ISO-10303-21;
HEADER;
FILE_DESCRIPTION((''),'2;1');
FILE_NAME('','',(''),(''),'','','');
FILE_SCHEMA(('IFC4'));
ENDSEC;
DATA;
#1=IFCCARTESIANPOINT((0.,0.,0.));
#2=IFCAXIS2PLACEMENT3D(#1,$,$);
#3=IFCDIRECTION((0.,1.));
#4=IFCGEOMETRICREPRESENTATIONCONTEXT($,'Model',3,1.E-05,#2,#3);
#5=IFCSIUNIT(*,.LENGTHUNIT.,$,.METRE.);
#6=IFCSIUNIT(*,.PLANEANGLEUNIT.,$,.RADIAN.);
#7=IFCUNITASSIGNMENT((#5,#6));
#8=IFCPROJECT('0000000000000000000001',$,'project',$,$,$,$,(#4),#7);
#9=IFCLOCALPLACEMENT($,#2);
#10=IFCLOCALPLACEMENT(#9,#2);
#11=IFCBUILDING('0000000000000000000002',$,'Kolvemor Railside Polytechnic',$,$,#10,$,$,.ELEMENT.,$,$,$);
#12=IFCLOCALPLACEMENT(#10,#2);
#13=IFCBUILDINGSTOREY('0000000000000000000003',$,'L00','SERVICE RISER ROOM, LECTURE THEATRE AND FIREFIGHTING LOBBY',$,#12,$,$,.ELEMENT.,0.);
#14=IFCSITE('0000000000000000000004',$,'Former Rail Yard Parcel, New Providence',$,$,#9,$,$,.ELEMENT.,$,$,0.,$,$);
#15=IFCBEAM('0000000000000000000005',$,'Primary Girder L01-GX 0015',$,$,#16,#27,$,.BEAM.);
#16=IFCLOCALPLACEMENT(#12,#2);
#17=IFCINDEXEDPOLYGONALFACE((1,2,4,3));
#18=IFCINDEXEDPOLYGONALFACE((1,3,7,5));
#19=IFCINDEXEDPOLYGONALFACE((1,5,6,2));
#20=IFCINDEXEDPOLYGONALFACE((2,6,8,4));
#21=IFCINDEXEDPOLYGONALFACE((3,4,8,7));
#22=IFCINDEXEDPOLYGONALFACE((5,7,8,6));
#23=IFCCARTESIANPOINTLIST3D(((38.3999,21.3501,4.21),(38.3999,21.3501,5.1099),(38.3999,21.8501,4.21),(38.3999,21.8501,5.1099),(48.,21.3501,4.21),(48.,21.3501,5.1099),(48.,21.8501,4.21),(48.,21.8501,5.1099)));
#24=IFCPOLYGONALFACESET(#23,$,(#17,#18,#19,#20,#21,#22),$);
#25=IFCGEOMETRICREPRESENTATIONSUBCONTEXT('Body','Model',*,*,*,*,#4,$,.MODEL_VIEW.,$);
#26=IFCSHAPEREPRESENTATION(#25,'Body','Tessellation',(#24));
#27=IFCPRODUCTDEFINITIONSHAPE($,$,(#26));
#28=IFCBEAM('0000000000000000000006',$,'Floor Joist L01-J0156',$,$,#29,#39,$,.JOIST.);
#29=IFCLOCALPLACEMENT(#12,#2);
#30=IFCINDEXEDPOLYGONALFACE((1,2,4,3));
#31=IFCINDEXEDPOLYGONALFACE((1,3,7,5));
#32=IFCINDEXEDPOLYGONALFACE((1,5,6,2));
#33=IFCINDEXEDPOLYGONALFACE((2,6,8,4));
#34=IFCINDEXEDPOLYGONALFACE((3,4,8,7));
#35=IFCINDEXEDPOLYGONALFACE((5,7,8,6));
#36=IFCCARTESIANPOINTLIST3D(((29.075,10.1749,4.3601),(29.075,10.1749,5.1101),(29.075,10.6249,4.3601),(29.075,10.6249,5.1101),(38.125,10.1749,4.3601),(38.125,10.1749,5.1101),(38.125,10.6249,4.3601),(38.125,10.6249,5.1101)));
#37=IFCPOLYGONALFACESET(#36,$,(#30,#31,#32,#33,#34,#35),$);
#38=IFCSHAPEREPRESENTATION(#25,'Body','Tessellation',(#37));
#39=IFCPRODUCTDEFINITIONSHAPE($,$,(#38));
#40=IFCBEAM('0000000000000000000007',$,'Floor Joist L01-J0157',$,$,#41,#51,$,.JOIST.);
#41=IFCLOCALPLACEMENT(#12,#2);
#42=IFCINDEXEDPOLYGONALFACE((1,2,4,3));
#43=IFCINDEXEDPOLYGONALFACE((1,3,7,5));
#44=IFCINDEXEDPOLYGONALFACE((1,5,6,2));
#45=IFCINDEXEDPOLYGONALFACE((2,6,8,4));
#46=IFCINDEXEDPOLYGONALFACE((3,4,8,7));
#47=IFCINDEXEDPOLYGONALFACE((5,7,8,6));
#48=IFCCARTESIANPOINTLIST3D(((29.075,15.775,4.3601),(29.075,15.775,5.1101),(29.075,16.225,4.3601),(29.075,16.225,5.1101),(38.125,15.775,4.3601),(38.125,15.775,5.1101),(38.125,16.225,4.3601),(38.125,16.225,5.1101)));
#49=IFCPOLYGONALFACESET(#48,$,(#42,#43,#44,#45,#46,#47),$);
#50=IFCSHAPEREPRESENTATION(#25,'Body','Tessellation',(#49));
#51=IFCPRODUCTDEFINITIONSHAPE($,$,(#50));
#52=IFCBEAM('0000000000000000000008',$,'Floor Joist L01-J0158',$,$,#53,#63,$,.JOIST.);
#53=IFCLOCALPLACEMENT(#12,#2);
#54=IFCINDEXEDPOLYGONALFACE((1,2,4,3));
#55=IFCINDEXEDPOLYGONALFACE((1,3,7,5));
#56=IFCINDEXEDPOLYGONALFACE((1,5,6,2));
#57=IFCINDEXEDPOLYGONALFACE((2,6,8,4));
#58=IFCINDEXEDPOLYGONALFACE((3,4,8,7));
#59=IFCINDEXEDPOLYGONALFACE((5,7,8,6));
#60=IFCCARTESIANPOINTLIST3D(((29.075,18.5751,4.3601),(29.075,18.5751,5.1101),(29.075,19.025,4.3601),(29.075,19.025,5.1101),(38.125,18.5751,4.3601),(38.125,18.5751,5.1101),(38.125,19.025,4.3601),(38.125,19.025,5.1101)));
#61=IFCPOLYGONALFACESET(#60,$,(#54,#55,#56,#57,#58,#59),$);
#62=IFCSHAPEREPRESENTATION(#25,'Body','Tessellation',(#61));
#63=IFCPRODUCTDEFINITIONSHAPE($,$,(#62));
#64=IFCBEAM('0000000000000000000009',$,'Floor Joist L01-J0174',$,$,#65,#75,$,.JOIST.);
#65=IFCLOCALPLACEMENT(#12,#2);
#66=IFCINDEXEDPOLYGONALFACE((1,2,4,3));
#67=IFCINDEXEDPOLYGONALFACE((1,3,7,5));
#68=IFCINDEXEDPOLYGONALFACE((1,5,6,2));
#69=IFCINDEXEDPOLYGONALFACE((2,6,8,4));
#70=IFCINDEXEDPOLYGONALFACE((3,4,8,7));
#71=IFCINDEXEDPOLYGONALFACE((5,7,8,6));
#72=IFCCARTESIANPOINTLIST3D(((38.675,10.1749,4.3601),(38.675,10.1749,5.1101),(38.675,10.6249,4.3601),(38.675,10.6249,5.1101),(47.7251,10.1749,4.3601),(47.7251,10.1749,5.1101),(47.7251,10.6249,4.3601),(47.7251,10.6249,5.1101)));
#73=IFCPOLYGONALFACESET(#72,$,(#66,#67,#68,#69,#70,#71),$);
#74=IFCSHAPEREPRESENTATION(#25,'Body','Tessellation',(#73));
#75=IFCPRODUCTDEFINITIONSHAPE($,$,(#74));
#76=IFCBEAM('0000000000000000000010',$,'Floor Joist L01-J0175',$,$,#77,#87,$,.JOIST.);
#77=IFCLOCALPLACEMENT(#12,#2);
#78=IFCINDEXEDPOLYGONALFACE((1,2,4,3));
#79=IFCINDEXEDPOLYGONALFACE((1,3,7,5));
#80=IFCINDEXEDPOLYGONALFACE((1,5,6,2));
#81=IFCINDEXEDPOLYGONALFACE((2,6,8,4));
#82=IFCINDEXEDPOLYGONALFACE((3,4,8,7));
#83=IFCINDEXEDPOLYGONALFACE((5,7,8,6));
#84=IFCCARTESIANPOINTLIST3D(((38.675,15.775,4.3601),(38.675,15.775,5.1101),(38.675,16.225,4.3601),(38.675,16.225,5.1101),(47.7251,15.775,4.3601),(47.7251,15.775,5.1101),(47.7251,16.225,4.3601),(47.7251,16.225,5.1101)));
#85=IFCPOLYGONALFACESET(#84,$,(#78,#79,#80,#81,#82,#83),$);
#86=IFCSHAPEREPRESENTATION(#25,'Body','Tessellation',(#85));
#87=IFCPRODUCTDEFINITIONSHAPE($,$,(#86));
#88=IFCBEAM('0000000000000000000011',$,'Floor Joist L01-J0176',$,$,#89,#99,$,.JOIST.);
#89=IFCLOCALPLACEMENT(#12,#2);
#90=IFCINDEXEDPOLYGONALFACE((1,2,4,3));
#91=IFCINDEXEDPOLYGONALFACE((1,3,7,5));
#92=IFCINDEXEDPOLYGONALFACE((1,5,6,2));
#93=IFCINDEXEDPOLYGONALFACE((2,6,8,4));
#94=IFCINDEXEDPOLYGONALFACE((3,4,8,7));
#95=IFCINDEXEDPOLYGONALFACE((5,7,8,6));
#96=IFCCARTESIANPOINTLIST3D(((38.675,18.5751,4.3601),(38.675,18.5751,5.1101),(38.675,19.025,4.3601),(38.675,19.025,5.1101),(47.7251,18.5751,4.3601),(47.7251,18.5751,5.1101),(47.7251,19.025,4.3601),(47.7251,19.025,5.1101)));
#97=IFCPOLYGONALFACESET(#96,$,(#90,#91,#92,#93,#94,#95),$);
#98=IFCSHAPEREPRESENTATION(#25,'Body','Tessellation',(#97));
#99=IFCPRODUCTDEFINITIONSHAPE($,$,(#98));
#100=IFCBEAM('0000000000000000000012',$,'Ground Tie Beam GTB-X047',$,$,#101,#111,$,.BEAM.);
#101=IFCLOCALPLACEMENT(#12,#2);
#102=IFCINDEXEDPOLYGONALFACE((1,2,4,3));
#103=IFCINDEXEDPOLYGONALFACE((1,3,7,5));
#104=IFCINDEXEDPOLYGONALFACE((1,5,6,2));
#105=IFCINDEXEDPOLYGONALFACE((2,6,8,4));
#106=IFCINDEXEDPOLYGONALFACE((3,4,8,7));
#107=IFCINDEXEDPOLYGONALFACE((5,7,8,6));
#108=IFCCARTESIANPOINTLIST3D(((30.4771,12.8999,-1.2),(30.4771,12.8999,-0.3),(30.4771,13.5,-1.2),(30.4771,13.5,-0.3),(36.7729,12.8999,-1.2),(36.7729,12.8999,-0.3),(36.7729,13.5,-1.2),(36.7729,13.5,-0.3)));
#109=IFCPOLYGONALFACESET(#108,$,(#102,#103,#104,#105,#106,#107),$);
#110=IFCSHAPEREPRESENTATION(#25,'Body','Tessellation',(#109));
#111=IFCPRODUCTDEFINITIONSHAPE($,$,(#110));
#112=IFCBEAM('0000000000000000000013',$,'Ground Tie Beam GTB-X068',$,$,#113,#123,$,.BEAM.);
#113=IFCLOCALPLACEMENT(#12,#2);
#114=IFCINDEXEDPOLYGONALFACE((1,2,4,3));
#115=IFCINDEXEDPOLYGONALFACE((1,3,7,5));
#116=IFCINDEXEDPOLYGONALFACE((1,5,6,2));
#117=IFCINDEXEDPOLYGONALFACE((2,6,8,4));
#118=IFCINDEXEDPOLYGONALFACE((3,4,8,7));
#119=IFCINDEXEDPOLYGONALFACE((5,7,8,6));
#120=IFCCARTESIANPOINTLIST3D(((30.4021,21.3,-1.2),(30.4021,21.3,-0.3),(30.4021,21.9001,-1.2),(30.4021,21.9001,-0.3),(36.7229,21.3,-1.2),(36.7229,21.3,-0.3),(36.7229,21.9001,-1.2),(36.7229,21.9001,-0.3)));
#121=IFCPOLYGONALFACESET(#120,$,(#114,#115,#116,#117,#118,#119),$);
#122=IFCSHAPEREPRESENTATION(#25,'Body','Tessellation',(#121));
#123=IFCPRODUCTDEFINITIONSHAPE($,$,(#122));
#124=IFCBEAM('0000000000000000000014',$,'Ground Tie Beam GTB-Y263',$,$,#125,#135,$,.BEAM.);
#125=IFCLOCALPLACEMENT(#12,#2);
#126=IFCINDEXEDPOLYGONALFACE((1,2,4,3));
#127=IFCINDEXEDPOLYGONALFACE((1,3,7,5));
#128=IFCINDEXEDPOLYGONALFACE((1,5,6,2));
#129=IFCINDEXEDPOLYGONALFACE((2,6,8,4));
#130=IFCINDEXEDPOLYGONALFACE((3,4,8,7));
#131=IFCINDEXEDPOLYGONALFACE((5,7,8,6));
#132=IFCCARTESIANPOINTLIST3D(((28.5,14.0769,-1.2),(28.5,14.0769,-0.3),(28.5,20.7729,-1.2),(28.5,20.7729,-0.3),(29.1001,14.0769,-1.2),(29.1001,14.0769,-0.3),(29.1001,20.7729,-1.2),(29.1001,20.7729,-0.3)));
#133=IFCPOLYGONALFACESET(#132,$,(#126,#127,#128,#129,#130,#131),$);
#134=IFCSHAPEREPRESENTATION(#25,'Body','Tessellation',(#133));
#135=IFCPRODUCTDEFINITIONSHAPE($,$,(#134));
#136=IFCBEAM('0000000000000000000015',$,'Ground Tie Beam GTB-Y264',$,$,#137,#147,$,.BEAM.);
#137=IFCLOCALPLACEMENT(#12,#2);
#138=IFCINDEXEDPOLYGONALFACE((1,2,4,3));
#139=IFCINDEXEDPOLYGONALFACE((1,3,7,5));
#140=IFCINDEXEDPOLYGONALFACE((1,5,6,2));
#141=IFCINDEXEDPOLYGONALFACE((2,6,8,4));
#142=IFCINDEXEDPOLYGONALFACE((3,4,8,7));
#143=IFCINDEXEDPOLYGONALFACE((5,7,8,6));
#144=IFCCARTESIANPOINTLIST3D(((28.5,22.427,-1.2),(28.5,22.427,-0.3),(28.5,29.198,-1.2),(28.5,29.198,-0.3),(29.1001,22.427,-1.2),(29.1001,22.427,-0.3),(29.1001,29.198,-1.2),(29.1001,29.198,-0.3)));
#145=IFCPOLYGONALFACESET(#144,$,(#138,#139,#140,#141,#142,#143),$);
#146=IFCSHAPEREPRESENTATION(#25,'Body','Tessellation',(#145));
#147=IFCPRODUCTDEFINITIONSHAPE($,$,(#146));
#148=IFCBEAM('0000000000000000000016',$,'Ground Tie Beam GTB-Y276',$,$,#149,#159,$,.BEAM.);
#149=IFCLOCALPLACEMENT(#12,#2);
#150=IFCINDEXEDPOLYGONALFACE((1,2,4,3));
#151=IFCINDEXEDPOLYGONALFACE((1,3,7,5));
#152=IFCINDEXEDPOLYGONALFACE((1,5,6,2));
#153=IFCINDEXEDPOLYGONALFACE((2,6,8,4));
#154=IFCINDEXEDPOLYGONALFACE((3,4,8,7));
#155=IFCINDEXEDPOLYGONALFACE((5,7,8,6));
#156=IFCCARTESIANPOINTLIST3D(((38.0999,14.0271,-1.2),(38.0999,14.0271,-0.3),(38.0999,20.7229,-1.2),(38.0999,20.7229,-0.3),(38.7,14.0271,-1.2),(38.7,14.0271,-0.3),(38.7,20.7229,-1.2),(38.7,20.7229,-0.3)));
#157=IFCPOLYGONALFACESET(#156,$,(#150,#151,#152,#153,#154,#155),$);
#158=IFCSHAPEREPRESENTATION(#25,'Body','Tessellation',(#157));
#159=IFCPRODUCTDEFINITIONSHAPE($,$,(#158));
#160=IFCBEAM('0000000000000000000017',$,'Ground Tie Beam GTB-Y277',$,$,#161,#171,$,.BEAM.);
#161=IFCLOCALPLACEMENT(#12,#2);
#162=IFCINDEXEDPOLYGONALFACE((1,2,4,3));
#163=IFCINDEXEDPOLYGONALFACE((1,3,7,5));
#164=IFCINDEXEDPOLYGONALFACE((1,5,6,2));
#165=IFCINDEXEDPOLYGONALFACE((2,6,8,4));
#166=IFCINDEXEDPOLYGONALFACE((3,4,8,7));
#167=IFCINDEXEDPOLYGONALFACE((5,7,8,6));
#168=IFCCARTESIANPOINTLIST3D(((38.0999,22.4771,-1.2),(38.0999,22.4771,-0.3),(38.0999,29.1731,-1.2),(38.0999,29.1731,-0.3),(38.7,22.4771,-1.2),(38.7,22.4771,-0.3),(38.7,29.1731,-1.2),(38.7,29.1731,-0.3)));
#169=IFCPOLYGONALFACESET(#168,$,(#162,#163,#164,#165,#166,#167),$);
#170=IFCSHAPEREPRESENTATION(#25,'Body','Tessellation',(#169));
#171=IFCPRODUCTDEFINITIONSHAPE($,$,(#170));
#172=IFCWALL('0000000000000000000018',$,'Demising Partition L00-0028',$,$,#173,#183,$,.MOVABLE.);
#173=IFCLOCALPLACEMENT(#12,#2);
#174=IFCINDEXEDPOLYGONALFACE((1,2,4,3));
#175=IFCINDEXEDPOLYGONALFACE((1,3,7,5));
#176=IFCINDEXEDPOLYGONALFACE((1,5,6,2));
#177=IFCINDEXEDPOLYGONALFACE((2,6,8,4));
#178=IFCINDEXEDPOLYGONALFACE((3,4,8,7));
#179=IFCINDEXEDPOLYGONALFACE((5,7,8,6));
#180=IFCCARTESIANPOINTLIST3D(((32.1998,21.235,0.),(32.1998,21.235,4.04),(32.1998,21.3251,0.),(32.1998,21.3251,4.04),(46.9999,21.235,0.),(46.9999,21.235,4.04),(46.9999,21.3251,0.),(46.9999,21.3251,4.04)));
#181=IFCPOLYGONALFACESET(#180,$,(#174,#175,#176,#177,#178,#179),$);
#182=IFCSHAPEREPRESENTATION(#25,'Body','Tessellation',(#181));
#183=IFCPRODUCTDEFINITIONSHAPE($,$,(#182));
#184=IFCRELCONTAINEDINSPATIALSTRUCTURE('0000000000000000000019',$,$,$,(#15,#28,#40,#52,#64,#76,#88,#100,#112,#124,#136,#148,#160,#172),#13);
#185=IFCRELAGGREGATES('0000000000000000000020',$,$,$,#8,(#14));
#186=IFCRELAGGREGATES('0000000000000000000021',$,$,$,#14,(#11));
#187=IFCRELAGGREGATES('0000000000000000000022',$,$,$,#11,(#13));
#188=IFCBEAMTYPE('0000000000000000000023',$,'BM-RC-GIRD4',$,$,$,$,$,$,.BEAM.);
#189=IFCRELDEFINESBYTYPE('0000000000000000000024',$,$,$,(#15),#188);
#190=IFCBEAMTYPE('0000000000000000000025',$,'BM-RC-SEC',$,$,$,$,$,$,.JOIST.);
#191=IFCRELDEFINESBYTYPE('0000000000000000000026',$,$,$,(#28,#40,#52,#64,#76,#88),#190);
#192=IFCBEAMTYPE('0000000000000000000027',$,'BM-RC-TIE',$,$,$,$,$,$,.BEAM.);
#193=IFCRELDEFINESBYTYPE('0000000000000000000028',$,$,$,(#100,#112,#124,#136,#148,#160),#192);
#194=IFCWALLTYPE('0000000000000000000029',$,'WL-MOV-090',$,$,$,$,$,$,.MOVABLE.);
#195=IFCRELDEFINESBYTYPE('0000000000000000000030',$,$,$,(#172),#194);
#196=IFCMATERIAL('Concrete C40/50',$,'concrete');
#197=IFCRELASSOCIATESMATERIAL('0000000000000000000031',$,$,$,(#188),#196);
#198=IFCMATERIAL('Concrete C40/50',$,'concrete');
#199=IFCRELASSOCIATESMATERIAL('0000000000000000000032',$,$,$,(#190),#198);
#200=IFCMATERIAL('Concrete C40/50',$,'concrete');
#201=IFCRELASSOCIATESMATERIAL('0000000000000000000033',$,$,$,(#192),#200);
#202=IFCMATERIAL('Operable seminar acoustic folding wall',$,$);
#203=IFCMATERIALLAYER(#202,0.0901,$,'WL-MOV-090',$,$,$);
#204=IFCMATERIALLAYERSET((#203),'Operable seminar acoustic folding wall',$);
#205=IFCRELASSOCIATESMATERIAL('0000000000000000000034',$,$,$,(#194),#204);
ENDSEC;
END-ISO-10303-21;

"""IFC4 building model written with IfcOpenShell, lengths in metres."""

from ifc_helpers import new_model, si_unit, direction, frame, frame_2d, origin, origin_2d, place, context, subcontext, project, spatial, rectangle, extrude, material, layer, layer_set, material_profile, profile_set, type_object, element, save


model = new_model("IFC4")

# Units and contexts
model_context = context("Model", 3, precision=1e-05, world=origin(), true_north=direction((0.0, 1.0)))
body_context = subcontext(model_context, "Body", "Model", "MODEL_VIEW")
ifc_project = project(units=[si_unit("LENGTHUNIT", "METRE"), si_unit("PLANEANGLEUNIT", "RADIAN")], contexts=[model_context])

# Site, building, storey
site_placement = place(None, origin())
site = spatial("IfcSite", under=ifc_project, at=site_placement, Name="Former Rail Yard Parcel, New Providence", CompositionType="ELEMENT", RefElevation=0.0)
building_placement = place(site_placement, origin())
building = spatial("IfcBuilding", under=site, at=building_placement, Name="Kolvemor Railside Polytechnic", CompositionType="ELEMENT")
storey_placement = place(building_placement, origin())
storey = spatial("IfcBuildingStorey", under=building, at=storey_placement, Name="L00", Description="SERVICE RISER ROOM, LECTURE THEATRE AND FIREFIGHTING LOBBY", CompositionType="ELEMENT", Elevation=0.0)

# Beams
ifc_material_1 = material(Name="Concrete C40/50", Category="concrete")
ifc_material_profile_1 = material_profile(ifc_material_1, rectangle(XDim=0.5, YDim=0.8999, at=origin_2d()), Name="RC500x900")
ifc_profile_set_1 = profile_set([ifc_material_profile_1], Name="Concrete C40/50")
beam_type_1 = type_object("IfcBeamType", Name="BM-RC-GIRD4", PredefinedType="BEAM", material=ifc_profile_set_1)
beam_1_placement = place(storey_placement, frame((38.3999, 21.6001, 4.6599), z_axis=(1.0, 0.0, 0.0), x_axis=(0.0, 1.0, 0.0)))
element("IfcBeam", 1, at=beam_1_placement, inside=storey, type_object=beam_type_1, Name="Primary Girder L01-GX 0015", PredefinedType="BEAM", context=body_context, shape_type="SweptSolid", body=[
    extrude(rectangle(XDim=0.5, YDim=0.8999, at=origin_2d()), origin(), (0.0, 0.0, 1.0), 9.6001),
])
ifc_material_2 = material(Name="Concrete C40/50", Category="concrete")
ifc_material_profile_2 = material_profile(ifc_material_2, rectangle(XDim=0.45, YDim=0.75, at=origin_2d()), Name="RC450x750")
ifc_profile_set_2 = profile_set([ifc_material_profile_2], Name="Concrete C40/50")
beam_type_2 = type_object("IfcBeamType", Name="BM-RC-SEC", PredefinedType="JOIST", material=ifc_profile_set_2)
for number, where, z_axis, x_axis, name in (
    (2, (29.075, 10.3999, 4.7351), (1.0, 0.0, 0.0), (0.0, 1.0, 0.0), "Floor Joist L01-J0156"),
    (3, (29.075, 16.0, 4.7351), (1.0, 0.0, 0.0), (0.0, 1.0, 0.0), "Floor Joist L01-J0157"),
    (4, (29.075, 18.8, 4.7351), (1.0, 0.0, 0.0), (0.0, 1.0, 0.0), "Floor Joist L01-J0158"),
    (5, (38.675, 10.3999, 4.7351), (1.0, 0.0, 0.0), (0.0, 1.0, 0.0), "Floor Joist L01-J0174"),
    (6, (38.675, 16.0, 4.7351), (1.0, 0.0, 0.0), (0.0, 1.0, 0.0), "Floor Joist L01-J0175"),
    (7, (38.675, 18.8, 4.7351), (1.0, 0.0, 0.0), (0.0, 1.0, 0.0), "Floor Joist L01-J0176"),
):
    element("IfcBeam", number, at=place(storey_placement, frame(where, z_axis=z_axis, x_axis=x_axis)), inside=storey, type_object=beam_type_2, Name=name, PredefinedType="JOIST", context=body_context, shape_type="SweptSolid", body=[
        extrude(rectangle(XDim=0.45, YDim=0.75, at=origin_2d()), origin(), (0.0, 0.0, 1.0), 9.05),
    ])
ifc_material_3 = material(Name="Concrete C40/50", Category="concrete")
ifc_material_profile_3 = material_profile(ifc_material_3, rectangle(XDim=0.6001, YDim=0.8999, at=origin_2d()), Name="RC600x900")
ifc_profile_set_3 = profile_set([ifc_material_profile_3], Name="Concrete C40/50")
beam_type_3 = type_object("IfcBeamType", Name="BM-RC-TIE", PredefinedType="BEAM", material=ifc_profile_set_3)
beam_2_placement = place(storey_placement, frame((30.4771, 13.2, -0.75), z_axis=(1.0, 0.0, 0.0), x_axis=(0.0, 1.0, 0.0)))
element("IfcBeam", 8, at=beam_2_placement, inside=storey, type_object=beam_type_3, Name="Ground Tie Beam GTB-X047", PredefinedType="BEAM", context=body_context, shape_type="SweptSolid", body=[
    extrude(rectangle(XDim=0.6001, YDim=0.8999, at=origin_2d()), origin(), (0.0, 0.0, 1.0), 6.2959),
])
beam_3_placement = place(storey_placement, frame((30.4021, 21.6001, -0.75), z_axis=(1.0, 0.0, 0.0), x_axis=(0.0, 1.0, 0.0)))
element("IfcBeam", 9, at=beam_3_placement, inside=storey, type_object=beam_type_3, Name="Ground Tie Beam GTB-X068", PredefinedType="BEAM", context=body_context, shape_type="SweptSolid", body=[
    extrude(rectangle(XDim=0.6001, YDim=0.8999, at=origin_2d()), origin(), (0.0, 0.0, 1.0), 6.3208),
])
beam_4_placement = place(storey_placement, frame((28.8, 14.0769, -0.75), z_axis=(0.0, 1.0, 0.0), x_axis=(-1.0, 0.0, 0.0)))
element("IfcBeam", 10, at=beam_4_placement, inside=storey, type_object=beam_type_3, Name="Ground Tie Beam GTB-Y263", PredefinedType="BEAM", context=body_context, shape_type="SweptSolid", body=[
    extrude(rectangle(XDim=0.6001, YDim=0.8999, at=origin_2d()), origin(), (0.0, 0.0, 1.0), 6.696),
])
beam_5_placement = place(storey_placement, frame((28.8, 22.427, -0.75), z_axis=(0.0, 1.0, 0.0), x_axis=(-1.0, 0.0, 0.0)))
element("IfcBeam", 11, at=beam_5_placement, inside=storey, type_object=beam_type_3, Name="Ground Tie Beam GTB-Y264", PredefinedType="BEAM", context=body_context, shape_type="SweptSolid", body=[
    extrude(rectangle(XDim=0.6001, YDim=0.8999, at=origin_2d()), origin(), (0.0, 0.0, 1.0), 6.771),
])
beam_6_placement = place(storey_placement, frame((38.3999, 14.0271, -0.75), z_axis=(0.0, 1.0, 0.0), x_axis=(-1.0, 0.0, 0.0)))
element("IfcBeam", 12, at=beam_6_placement, inside=storey, type_object=beam_type_3, Name="Ground Tie Beam GTB-Y276", PredefinedType="BEAM", context=body_context, shape_type="SweptSolid", body=[
    extrude(rectangle(XDim=0.6001, YDim=0.8999, at=origin_2d()), origin(), (0.0, 0.0, 1.0), 6.6958),
])
beam_7_placement = place(storey_placement, frame((38.3999, 22.4771, -0.75), z_axis=(0.0, 1.0, 0.0), x_axis=(-1.0, 0.0, 0.0)))
element("IfcBeam", 13, at=beam_7_placement, inside=storey, type_object=beam_type_3, Name="Ground Tie Beam GTB-Y277", PredefinedType="BEAM", context=body_context, shape_type="SweptSolid", body=[
    extrude(rectangle(XDim=0.6001, YDim=0.8999, at=origin_2d()), origin(), (0.0, 0.0, 1.0), 6.696),
])

# Wall
ifc_material_4 = material(Name="Operable seminar acoustic folding wall")
ifc_layer_1 = layer(ifc_material_4, 0.0901, Name="WL-MOV-090")
ifc_layer_set_1 = layer_set([ifc_layer_1], Name="Operable seminar acoustic folding wall")
wall_type_1 = type_object("IfcWallType", Name="WL-MOV-090", PredefinedType="MOVABLE", material=ifc_layer_set_1)
wall_1_placement = place(storey_placement, frame((32.2, 21.28, 0.0), z_axis=(0.0, 0.0, 1.0), x_axis=(1.0, 0.0, 0.0)))
element("IfcWall", 14, at=wall_1_placement, inside=storey, type_object=wall_type_1, Name="Demising Partition L00-0028", PredefinedType="MOVABLE", context=body_context, shape_type="SweptSolid", body=[
    extrude(rectangle(XDim=14.8, YDim=0.0901, at=frame_2d((7.3999, 0.0))), origin(), (0.0, 0.0, 1.0), 4.04),
])

save(model, "model.ifc")
